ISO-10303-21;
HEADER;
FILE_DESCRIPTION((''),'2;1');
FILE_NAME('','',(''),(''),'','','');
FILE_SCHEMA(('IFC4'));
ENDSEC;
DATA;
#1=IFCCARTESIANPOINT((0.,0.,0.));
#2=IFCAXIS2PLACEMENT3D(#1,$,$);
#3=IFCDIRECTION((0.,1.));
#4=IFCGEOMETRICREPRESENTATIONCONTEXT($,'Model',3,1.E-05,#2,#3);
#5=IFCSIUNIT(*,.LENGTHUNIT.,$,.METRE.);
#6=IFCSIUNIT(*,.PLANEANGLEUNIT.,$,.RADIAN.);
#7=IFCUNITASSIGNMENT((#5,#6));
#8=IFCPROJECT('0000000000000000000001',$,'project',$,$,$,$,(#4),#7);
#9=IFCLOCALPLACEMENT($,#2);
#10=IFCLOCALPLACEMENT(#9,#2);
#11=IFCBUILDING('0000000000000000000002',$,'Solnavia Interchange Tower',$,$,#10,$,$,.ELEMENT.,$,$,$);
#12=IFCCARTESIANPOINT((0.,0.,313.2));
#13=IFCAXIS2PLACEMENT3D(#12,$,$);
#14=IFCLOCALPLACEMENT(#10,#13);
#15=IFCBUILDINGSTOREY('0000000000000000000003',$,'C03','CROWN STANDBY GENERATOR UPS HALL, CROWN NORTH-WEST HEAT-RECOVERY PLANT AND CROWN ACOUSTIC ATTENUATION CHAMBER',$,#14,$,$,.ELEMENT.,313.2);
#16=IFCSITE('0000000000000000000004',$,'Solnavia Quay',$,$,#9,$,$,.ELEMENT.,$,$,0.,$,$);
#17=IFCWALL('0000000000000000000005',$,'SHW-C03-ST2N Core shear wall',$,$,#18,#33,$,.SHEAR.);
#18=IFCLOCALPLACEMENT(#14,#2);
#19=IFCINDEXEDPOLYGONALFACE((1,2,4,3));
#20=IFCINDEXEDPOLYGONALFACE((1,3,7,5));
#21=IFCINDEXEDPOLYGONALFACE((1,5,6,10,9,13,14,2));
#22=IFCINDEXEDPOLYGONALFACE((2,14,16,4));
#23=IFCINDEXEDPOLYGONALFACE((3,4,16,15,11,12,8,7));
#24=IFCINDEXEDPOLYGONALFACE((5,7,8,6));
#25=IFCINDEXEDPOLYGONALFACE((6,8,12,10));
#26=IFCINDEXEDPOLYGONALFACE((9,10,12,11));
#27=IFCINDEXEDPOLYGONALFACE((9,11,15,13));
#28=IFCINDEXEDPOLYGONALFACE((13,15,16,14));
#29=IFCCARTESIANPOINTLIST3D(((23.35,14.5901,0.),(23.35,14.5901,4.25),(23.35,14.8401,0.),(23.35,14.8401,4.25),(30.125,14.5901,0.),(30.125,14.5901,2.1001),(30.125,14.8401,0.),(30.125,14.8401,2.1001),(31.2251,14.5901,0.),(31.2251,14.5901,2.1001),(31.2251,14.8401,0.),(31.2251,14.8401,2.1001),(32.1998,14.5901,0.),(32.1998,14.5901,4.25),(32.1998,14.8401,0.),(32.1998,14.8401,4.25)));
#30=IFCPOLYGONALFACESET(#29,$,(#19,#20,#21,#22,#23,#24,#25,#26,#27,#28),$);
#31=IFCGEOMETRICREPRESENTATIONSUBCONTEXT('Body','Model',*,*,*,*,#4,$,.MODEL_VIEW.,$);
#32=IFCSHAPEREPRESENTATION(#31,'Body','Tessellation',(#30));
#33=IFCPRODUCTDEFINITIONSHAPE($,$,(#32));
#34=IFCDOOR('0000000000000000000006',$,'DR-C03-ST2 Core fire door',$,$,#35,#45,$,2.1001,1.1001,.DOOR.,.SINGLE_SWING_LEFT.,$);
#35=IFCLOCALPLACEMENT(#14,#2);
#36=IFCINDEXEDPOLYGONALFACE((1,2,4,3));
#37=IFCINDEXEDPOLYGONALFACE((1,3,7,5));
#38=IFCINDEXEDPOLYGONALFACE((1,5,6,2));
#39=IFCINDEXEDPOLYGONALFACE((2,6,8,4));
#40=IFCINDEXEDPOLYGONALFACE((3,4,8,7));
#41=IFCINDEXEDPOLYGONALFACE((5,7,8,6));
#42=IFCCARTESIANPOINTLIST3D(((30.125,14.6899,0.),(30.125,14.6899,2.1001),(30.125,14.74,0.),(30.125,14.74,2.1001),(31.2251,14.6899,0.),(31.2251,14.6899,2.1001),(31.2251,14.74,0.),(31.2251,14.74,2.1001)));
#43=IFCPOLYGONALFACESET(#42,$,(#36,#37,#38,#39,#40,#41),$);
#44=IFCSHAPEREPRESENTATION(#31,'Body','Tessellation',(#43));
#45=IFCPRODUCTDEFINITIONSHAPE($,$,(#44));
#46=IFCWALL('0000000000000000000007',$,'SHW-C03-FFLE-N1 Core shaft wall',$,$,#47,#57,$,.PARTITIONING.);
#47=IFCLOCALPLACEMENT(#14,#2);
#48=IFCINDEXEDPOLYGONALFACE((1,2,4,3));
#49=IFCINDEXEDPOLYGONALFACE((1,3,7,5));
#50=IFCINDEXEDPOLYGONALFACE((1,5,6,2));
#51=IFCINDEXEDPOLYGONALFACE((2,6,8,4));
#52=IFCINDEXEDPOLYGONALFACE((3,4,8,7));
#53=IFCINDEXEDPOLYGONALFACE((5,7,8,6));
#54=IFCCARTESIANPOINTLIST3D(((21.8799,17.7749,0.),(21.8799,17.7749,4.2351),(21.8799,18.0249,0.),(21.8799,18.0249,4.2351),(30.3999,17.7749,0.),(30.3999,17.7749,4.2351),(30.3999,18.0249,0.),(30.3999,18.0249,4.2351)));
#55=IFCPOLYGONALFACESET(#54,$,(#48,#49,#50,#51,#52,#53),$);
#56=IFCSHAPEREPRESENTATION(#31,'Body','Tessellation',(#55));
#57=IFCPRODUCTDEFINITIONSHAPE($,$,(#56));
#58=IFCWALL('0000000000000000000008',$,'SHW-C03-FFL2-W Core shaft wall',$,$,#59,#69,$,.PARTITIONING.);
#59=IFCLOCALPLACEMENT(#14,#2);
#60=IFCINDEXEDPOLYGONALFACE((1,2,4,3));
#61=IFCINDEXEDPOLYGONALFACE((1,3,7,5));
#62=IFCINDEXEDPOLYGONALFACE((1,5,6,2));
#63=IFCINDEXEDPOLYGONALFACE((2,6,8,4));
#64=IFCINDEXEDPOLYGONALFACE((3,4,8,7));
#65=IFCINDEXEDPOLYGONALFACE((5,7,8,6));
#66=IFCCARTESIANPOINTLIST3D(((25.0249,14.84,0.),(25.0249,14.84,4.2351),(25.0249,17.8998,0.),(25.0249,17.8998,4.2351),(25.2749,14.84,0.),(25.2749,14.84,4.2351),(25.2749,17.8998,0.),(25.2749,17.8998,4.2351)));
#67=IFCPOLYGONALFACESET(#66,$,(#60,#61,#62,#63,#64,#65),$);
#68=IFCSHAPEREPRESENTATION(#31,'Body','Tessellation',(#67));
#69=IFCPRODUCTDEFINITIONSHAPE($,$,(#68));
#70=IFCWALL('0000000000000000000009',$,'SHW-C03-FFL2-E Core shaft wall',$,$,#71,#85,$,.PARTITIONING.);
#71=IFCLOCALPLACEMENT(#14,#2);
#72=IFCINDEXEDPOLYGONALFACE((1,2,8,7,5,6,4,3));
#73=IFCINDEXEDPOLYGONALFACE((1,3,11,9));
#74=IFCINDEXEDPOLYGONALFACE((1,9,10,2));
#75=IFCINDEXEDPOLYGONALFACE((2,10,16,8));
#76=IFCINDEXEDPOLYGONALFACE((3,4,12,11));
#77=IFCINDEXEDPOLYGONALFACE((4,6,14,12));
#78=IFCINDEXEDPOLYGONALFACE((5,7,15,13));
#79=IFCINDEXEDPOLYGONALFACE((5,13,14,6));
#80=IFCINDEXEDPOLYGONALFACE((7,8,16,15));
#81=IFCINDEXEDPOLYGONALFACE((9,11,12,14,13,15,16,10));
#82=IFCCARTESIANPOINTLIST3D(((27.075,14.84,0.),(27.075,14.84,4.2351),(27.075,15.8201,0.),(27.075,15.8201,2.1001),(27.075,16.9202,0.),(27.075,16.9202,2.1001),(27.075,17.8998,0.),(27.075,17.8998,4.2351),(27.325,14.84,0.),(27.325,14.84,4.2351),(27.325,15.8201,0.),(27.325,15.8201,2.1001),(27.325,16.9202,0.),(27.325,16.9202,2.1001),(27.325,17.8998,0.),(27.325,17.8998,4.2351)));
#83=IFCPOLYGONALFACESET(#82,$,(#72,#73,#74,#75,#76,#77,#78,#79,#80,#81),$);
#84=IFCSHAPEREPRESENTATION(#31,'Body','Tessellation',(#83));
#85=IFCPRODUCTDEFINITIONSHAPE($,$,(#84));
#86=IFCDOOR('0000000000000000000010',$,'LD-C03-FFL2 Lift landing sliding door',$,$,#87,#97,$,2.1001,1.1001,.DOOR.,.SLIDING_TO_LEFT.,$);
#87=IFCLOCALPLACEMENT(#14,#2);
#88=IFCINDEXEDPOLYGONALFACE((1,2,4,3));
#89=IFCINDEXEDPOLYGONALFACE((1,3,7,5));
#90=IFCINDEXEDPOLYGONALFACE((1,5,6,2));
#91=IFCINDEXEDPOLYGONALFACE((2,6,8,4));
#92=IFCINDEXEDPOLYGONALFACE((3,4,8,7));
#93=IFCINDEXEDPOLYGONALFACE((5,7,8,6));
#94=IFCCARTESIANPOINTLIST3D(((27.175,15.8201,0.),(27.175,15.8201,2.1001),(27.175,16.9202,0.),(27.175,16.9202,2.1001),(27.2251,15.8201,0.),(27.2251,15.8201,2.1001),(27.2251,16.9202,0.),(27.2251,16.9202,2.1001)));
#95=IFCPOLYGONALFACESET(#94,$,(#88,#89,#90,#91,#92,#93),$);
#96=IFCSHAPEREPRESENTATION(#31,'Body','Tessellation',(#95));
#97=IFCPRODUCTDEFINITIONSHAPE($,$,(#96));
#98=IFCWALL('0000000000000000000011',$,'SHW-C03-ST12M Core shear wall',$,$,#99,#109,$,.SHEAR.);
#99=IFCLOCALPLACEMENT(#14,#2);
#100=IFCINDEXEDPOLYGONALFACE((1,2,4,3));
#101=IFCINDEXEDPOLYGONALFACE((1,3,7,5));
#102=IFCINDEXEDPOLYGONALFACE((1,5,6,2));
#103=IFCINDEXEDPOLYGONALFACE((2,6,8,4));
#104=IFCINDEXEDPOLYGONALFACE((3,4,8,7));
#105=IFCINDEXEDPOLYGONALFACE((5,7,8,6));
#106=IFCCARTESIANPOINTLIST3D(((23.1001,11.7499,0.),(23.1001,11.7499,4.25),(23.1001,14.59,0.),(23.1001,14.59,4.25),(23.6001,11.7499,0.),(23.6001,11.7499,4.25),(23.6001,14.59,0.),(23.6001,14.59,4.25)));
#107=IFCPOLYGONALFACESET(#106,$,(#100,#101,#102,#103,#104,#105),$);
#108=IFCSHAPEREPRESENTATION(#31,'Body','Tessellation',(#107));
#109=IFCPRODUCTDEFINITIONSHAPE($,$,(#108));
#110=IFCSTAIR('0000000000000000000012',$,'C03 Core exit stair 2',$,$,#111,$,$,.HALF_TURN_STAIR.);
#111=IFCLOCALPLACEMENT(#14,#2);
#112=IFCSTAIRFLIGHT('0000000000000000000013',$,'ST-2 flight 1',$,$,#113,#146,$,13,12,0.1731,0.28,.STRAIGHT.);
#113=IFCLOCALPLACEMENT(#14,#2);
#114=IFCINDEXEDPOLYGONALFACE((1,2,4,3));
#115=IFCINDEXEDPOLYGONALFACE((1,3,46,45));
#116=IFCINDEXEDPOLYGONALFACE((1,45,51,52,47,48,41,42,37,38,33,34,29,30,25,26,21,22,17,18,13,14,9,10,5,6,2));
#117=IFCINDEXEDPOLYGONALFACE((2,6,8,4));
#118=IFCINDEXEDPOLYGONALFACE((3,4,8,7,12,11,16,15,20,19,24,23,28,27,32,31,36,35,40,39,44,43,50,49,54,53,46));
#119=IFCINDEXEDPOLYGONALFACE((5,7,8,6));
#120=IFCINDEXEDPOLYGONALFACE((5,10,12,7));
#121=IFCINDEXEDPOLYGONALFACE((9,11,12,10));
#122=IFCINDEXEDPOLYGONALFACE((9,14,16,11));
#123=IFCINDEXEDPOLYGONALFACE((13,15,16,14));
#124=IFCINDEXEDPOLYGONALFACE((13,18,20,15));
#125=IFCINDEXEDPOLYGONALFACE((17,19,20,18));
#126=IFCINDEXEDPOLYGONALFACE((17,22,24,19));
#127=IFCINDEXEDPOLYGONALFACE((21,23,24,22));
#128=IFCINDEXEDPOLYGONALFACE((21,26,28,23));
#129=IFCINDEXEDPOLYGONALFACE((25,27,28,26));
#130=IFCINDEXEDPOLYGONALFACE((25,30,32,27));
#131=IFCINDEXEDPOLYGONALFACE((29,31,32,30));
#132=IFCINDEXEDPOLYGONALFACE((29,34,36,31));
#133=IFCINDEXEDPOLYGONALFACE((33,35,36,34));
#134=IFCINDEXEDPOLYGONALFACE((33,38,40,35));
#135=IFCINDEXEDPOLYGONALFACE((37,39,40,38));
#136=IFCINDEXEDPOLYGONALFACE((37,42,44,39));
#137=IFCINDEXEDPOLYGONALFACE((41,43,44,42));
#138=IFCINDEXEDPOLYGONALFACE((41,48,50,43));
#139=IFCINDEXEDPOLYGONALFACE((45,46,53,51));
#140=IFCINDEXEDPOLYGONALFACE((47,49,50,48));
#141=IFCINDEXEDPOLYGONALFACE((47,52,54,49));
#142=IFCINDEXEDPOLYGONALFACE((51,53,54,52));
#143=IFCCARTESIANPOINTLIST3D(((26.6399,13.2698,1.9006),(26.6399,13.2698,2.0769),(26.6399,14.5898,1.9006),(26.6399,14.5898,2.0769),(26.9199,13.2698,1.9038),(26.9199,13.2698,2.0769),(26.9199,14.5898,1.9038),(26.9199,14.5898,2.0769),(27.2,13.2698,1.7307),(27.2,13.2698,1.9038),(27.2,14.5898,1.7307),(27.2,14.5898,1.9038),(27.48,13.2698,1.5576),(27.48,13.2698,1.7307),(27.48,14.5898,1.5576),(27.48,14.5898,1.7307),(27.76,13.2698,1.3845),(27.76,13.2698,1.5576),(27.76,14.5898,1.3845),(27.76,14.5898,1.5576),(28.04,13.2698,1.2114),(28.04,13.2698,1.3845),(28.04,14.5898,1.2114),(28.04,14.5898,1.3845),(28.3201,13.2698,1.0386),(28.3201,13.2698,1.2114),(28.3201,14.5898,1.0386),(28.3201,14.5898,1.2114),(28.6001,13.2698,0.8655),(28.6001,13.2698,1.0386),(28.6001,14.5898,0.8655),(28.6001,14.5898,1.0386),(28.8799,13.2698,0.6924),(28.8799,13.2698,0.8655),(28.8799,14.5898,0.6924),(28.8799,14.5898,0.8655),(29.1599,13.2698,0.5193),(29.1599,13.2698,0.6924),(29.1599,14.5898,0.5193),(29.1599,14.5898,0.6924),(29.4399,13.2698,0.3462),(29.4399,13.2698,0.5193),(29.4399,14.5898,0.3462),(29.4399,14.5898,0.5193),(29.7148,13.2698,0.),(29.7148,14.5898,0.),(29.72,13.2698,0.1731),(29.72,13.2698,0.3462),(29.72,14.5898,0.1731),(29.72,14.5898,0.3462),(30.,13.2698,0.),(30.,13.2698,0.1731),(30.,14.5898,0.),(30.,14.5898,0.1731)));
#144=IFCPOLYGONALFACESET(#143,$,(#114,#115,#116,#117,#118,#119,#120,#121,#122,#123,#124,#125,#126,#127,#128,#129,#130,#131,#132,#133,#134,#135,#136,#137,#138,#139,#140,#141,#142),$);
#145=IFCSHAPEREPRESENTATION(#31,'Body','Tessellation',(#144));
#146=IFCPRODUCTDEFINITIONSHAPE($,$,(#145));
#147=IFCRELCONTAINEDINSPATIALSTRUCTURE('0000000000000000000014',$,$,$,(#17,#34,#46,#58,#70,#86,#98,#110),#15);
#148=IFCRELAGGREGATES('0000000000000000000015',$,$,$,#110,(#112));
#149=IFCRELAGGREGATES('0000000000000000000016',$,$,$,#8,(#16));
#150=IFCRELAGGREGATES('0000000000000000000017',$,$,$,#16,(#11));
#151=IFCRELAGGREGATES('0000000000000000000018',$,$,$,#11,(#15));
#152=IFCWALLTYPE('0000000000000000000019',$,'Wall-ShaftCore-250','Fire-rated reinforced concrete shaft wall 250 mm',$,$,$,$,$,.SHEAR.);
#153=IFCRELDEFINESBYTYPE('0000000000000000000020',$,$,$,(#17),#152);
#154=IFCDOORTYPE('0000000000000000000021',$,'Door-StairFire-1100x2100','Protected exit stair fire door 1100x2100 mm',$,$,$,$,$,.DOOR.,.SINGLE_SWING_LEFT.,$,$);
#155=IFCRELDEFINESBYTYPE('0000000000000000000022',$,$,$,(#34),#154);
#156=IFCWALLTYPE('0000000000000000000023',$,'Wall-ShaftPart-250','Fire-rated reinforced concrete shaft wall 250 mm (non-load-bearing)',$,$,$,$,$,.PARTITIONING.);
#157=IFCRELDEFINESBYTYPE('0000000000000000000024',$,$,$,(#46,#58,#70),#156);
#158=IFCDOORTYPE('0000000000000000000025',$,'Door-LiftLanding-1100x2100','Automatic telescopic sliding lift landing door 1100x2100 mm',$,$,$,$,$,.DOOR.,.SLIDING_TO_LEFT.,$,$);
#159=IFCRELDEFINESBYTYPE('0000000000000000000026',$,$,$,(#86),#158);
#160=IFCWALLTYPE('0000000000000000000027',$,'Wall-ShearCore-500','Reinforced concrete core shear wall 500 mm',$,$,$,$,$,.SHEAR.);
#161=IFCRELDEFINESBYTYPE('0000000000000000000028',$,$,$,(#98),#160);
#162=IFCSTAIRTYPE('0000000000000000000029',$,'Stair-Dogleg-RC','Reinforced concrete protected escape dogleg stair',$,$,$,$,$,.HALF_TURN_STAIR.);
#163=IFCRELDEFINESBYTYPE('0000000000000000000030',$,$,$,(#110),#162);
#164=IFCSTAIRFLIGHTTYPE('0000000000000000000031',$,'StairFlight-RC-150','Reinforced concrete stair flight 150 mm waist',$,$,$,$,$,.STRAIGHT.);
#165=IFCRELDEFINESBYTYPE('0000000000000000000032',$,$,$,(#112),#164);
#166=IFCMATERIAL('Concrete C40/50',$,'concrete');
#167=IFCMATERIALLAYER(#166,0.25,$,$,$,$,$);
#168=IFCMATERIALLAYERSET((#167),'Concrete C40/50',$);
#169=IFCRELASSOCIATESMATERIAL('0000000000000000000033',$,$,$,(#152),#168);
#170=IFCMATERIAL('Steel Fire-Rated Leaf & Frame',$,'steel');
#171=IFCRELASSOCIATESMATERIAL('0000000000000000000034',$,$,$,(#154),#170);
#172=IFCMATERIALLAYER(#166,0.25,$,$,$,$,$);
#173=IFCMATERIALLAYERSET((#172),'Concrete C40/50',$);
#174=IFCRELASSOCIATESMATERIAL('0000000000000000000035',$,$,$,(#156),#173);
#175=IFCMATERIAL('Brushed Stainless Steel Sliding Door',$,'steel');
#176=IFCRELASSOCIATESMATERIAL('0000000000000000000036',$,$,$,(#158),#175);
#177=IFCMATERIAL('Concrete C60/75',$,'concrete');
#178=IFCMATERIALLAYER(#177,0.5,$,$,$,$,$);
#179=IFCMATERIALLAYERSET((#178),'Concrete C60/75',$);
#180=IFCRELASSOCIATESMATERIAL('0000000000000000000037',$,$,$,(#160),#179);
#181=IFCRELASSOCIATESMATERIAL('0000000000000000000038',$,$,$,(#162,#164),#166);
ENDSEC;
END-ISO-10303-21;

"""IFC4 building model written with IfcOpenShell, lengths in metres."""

from ifc_helpers import new_model, si_unit, direction, frame, frame_2d, origin, place, context, subcontext, project, spatial, polyline, rectangle, outline, extrude, material, layer, layer_set, type_object, element, fill, aggregate, save


model = new_model("IFC4")

# Units and contexts
model_context = context("Model", 3, precision=1e-05, world=origin(), true_north=direction((0.0, 1.0)))
body_context = subcontext(model_context, "Body", "Model", "MODEL_VIEW")
ifc_project = project(units=[si_unit("LENGTHUNIT", "METRE"), si_unit("PLANEANGLEUNIT", "RADIAN")], contexts=[model_context])

# Site, building, storey
site_placement = place(None, origin())
site = spatial("IfcSite", under=ifc_project, at=site_placement, Name="Solnavia Quay", CompositionType="ELEMENT", RefElevation=0.0)
building_placement = place(site_placement, origin())
building = spatial("IfcBuilding", under=site, at=building_placement, Name="Solnavia Interchange Tower", CompositionType="ELEMENT")
storey_placement = place(building_placement, frame((0.0, 0.0, 313.2)))
storey = spatial("IfcBuildingStorey", under=building, at=storey_placement, Name="C03", Description="CROWN STANDBY GENERATOR UPS HALL, CROWN NORTH-WEST HEAT-RECOVERY PLANT AND CROWN ACOUSTIC ATTENUATION CHAMBER", CompositionType="ELEMENT", Elevation=313.2)

# Shared definitions
ifc_material_1 = material(Name="Concrete C40/50", Category="concrete")

# Shared definitions
ifc_layer_1 = layer(ifc_material_1, 0.25)
ifc_layer_set_1 = layer_set([ifc_layer_1], Name="Concrete C40/50")
wall_type_1 = type_object("IfcWallType", Name="Wall-ShaftCore-250", Description="Fire-rated reinforced concrete shaft wall 250 mm", PredefinedType="SHEAR", material=ifc_layer_set_1)

# Wall, opening, door
wall_1_placement = place(storey_placement, frame((23.3501, 14.7151, 0.0), z_axis=(0.0, 0.0, 1.0), x_axis=(1.0, 0.0, 0.0)))
wall_1 = element("IfcWall", 1, at=wall_1_placement, inside=storey, type_object=wall_type_1, Name="SHW-C03-ST2N Core shear wall", PredefinedType="SHEAR", context=body_context, shape_type="SweptSolid", body=[
    extrude(rectangle(XDim=8.8499, YDim=0.25, at=frame_2d((4.4248, 0.0))), origin(), (0.0, 0.0, 1.0), 4.25),
])
opening_1_placement = place(wall_1_placement, frame((6.7749, 0.0, 0.0)))
opening_1 = element("IfcOpeningElement", 2, at=opening_1_placement, cuts=wall_1, PredefinedType="OPENING", context=body_context, shape_type="SweptSolid", body=[
    extrude(rectangle(XDim=1.1001, YDim=2.1001, at=frame_2d((0.55, 1.05))), frame((0.0, 0.135, 0.0), z_axis=(0.0, -1.0, 0.0), x_axis=(1.0, 0.0, 0.0)), (0.0, 0.0, 1.0), 0.27),
])
ifc_material_2 = material(Name="Steel Fire-Rated Leaf & Frame", Category="steel")
door_type_1 = type_object("IfcDoorType", Name="Door-StairFire-1100x2100", Description="Protected exit stair fire door 1100x2100 mm", OperationType="SINGLE_SWING_LEFT", PredefinedType="DOOR", material=ifc_material_2)
door_1_placement = place(opening_1_placement, origin())
door_1 = element("IfcDoor", 3, at=door_1_placement, inside=storey, type_object=door_type_1, Name="DR-C03-ST2 Core fire door", OperationType="SINGLE_SWING_LEFT", OverallHeight=2.1001, OverallWidth=1.1001, PredefinedType="DOOR", context=body_context, shape_type="SweptSolid", body=[
    extrude(rectangle(XDim=1.1001, YDim=2.1001, at=frame_2d((0.55, 1.05))), frame((0.0, 0.0249, 0.0), z_axis=(0.0, -1.0, 0.0), x_axis=(1.0, 0.0, 0.0)), (0.0, 0.0, 1.0), 0.05),
])
fill(opening_1, door_1)

# Walls
ifc_layer_2 = layer(ifc_material_1, 0.25)
ifc_layer_set_2 = layer_set([ifc_layer_2], Name="Concrete C40/50")
wall_type_2 = type_object("IfcWallType", Name="Wall-ShaftPart-250", Description="Fire-rated reinforced concrete shaft wall 250 mm (non-load-bearing)", PredefinedType="PARTITIONING", material=ifc_layer_set_2)
wall_2_placement = place(storey_placement, frame((21.8799, 17.8999, 0.0), z_axis=(0.0, 0.0, 1.0), x_axis=(1.0, 0.0, 0.0)))
element("IfcWall", 4, at=wall_2_placement, inside=storey, type_object=wall_type_2, Name="SHW-C03-FFLE-N1 Core shaft wall", PredefinedType="PARTITIONING", context=body_context, shape_type="SweptSolid", body=[
    extrude(rectangle(XDim=8.52, YDim=0.25, at=frame_2d((4.26, 0.0))), origin(), (0.0, 0.0, 1.0), 4.2351),
])
wall_3_placement = place(storey_placement, frame((25.1499, 14.8401, 0.0), z_axis=(0.0, 0.0, 1.0), x_axis=(0.0, 1.0, 0.0)))
element("IfcWall", 5, at=wall_3_placement, inside=storey, type_object=wall_type_2, Name="SHW-C03-FFL2-W Core shaft wall", PredefinedType="PARTITIONING", context=body_context, shape_type="SweptSolid", body=[
    extrude(rectangle(XDim=3.0598, YDim=0.25, at=frame_2d((1.5298, 0.0))), origin(), (0.0, 0.0, 1.0), 4.2351),
])

# Wall, opening, door
wall_4_placement = place(storey_placement, frame((27.2, 14.8401, 0.0), z_axis=(0.0, 0.0, 1.0), x_axis=(0.0, 1.0, 0.0)))
wall_4 = element("IfcWall", 6, at=wall_4_placement, inside=storey, type_object=wall_type_2, Name="SHW-C03-FFL2-E Core shaft wall", PredefinedType="PARTITIONING", context=body_context, shape_type="SweptSolid", body=[
    extrude(rectangle(XDim=3.0598, YDim=0.25, at=frame_2d((1.5298, 0.0))), origin(), (0.0, 0.0, 1.0), 4.2351),
])
opening_2_placement = place(wall_4_placement, frame((0.98, 0.0, 0.0)))
opening_2 = element("IfcOpeningElement", 7, at=opening_2_placement, cuts=wall_4, PredefinedType="OPENING", context=body_context, shape_type="SweptSolid", body=[
    extrude(rectangle(XDim=1.1001, YDim=2.1001, at=frame_2d((0.55, 1.05))), frame((0.0, 0.135, 0.0), z_axis=(0.0, -1.0, 0.0), x_axis=(1.0, 0.0, 0.0)), (0.0, 0.0, 1.0), 0.27),
])
ifc_material_3 = material(Name="Brushed Stainless Steel Sliding Door", Category="steel")
door_type_2 = type_object("IfcDoorType", Name="Door-LiftLanding-1100x2100", Description="Automatic telescopic sliding lift landing door 1100x2100 mm", OperationType="SLIDING_TO_LEFT", PredefinedType="DOOR", material=ifc_material_3)
door_2_placement = place(opening_2_placement, origin())
door_2 = element("IfcDoor", 8, at=door_2_placement, inside=storey, type_object=door_type_2, Name="LD-C03-FFL2 Lift landing sliding door", OperationType="SLIDING_TO_LEFT", OverallHeight=2.1001, OverallWidth=1.1001, PredefinedType="DOOR", context=body_context, shape_type="SweptSolid", body=[
    extrude(rectangle(XDim=1.1001, YDim=2.1001, at=frame_2d((0.55, 1.05))), frame((0.0, 0.0249, 0.0), z_axis=(0.0, -1.0, 0.0), x_axis=(1.0, 0.0, 0.0)), (0.0, 0.0, 1.0), 0.05),
])
fill(opening_2, door_2)

# Wall
ifc_material_4 = material(Name="Concrete C60/75", Category="concrete")
ifc_layer_3 = layer(ifc_material_4, 0.5)
ifc_layer_set_3 = layer_set([ifc_layer_3], Name="Concrete C60/75")
wall_type_3 = type_object("IfcWallType", Name="Wall-ShearCore-500", Description="Reinforced concrete core shear wall 500 mm", PredefinedType="SHEAR", material=ifc_layer_set_3)
wall_5_placement = place(storey_placement, frame((23.3501, 11.75, 0.0), z_axis=(0.0, 0.0, 1.0), x_axis=(0.0, 1.0, 0.0)))
element("IfcWall", 9, at=wall_5_placement, inside=storey, type_object=wall_type_3, Name="SHW-C03-ST12M Core shear wall", PredefinedType="SHEAR", context=body_context, shape_type="SweptSolid", body=[
    extrude(rectangle(XDim=2.8401, YDim=0.5, at=frame_2d((1.4199, 0.0))), origin(), (0.0, 0.0, 1.0), 4.25),
])

# Stair, stair flight
stair_type = type_object("IfcStairType", Name="Stair-Dogleg-RC", Description="Reinforced concrete protected escape dogleg stair", PredefinedType="HALF_TURN_STAIR", material=ifc_material_1)
stair_placement = place(storey_placement, origin())
stair = element("IfcStair", 10, at=stair_placement, inside=storey, type_object=stair_type, Name="C03 Core exit stair 2", PredefinedType="HALF_TURN_STAIR")
stair_flight_type = type_object("IfcStairFlightType", Name="StairFlight-RC-150", Description="Reinforced concrete stair flight 150 mm waist", PredefinedType="STRAIGHT", material=ifc_material_1)
stair_flight_1_placement = place(storey_placement, frame((30.0, 13.9299, 0.0), z_axis=(0.0, 0.0, 1.0), x_axis=(-1.0, 0.0, 0.0)))
stair_flight_1 = element("IfcStairFlight", 11, at=stair_flight_1_placement, type_object=stair_flight_type, Name="ST-2 flight 1", NumberOfRisers=13, NumberOfTreads=12, PredefinedType="STRAIGHT", RiserHeight=0.1731, TreadLength=0.28, context=body_context, shape_type="SweptSolid", body=[
    extrude(outline(polyline([(0.0, 0.0), (0.0, 0.1731), (0.28, 0.1731), (0.28, 0.3462), (0.5601, 0.3462), (0.5601, 0.5193), (0.8401, 0.5193), (0.8401, 0.6924), (1.1201, 0.6924), (1.1201, 0.8655), (1.3999, 0.8655), (1.3999, 1.0386), (1.6799, 1.0386), (1.6799, 1.2114), (1.96, 1.2114), (1.96, 1.3845), (2.24, 1.3845), (2.24, 1.5576), (2.52, 1.5576), (2.52, 1.7307), (2.8, 1.7307), (2.8, 1.9038), (3.0801, 1.9038), (3.0801, 2.0769), (3.3601, 2.0769), (3.3601, 2.25), (3.3601, 1.9006), (0.2852, 0.0), (0.0, 0.0)])), frame((0.0, 0.6602, 0.0), z_axis=(0.0, -1.0, 0.0), x_axis=(1.0, 0.0, 0.0)), (0.0, 0.0, 1.0), 1.3201),
])
aggregate(stair, [stair_flight_1])

save(model, "model.ifc")
